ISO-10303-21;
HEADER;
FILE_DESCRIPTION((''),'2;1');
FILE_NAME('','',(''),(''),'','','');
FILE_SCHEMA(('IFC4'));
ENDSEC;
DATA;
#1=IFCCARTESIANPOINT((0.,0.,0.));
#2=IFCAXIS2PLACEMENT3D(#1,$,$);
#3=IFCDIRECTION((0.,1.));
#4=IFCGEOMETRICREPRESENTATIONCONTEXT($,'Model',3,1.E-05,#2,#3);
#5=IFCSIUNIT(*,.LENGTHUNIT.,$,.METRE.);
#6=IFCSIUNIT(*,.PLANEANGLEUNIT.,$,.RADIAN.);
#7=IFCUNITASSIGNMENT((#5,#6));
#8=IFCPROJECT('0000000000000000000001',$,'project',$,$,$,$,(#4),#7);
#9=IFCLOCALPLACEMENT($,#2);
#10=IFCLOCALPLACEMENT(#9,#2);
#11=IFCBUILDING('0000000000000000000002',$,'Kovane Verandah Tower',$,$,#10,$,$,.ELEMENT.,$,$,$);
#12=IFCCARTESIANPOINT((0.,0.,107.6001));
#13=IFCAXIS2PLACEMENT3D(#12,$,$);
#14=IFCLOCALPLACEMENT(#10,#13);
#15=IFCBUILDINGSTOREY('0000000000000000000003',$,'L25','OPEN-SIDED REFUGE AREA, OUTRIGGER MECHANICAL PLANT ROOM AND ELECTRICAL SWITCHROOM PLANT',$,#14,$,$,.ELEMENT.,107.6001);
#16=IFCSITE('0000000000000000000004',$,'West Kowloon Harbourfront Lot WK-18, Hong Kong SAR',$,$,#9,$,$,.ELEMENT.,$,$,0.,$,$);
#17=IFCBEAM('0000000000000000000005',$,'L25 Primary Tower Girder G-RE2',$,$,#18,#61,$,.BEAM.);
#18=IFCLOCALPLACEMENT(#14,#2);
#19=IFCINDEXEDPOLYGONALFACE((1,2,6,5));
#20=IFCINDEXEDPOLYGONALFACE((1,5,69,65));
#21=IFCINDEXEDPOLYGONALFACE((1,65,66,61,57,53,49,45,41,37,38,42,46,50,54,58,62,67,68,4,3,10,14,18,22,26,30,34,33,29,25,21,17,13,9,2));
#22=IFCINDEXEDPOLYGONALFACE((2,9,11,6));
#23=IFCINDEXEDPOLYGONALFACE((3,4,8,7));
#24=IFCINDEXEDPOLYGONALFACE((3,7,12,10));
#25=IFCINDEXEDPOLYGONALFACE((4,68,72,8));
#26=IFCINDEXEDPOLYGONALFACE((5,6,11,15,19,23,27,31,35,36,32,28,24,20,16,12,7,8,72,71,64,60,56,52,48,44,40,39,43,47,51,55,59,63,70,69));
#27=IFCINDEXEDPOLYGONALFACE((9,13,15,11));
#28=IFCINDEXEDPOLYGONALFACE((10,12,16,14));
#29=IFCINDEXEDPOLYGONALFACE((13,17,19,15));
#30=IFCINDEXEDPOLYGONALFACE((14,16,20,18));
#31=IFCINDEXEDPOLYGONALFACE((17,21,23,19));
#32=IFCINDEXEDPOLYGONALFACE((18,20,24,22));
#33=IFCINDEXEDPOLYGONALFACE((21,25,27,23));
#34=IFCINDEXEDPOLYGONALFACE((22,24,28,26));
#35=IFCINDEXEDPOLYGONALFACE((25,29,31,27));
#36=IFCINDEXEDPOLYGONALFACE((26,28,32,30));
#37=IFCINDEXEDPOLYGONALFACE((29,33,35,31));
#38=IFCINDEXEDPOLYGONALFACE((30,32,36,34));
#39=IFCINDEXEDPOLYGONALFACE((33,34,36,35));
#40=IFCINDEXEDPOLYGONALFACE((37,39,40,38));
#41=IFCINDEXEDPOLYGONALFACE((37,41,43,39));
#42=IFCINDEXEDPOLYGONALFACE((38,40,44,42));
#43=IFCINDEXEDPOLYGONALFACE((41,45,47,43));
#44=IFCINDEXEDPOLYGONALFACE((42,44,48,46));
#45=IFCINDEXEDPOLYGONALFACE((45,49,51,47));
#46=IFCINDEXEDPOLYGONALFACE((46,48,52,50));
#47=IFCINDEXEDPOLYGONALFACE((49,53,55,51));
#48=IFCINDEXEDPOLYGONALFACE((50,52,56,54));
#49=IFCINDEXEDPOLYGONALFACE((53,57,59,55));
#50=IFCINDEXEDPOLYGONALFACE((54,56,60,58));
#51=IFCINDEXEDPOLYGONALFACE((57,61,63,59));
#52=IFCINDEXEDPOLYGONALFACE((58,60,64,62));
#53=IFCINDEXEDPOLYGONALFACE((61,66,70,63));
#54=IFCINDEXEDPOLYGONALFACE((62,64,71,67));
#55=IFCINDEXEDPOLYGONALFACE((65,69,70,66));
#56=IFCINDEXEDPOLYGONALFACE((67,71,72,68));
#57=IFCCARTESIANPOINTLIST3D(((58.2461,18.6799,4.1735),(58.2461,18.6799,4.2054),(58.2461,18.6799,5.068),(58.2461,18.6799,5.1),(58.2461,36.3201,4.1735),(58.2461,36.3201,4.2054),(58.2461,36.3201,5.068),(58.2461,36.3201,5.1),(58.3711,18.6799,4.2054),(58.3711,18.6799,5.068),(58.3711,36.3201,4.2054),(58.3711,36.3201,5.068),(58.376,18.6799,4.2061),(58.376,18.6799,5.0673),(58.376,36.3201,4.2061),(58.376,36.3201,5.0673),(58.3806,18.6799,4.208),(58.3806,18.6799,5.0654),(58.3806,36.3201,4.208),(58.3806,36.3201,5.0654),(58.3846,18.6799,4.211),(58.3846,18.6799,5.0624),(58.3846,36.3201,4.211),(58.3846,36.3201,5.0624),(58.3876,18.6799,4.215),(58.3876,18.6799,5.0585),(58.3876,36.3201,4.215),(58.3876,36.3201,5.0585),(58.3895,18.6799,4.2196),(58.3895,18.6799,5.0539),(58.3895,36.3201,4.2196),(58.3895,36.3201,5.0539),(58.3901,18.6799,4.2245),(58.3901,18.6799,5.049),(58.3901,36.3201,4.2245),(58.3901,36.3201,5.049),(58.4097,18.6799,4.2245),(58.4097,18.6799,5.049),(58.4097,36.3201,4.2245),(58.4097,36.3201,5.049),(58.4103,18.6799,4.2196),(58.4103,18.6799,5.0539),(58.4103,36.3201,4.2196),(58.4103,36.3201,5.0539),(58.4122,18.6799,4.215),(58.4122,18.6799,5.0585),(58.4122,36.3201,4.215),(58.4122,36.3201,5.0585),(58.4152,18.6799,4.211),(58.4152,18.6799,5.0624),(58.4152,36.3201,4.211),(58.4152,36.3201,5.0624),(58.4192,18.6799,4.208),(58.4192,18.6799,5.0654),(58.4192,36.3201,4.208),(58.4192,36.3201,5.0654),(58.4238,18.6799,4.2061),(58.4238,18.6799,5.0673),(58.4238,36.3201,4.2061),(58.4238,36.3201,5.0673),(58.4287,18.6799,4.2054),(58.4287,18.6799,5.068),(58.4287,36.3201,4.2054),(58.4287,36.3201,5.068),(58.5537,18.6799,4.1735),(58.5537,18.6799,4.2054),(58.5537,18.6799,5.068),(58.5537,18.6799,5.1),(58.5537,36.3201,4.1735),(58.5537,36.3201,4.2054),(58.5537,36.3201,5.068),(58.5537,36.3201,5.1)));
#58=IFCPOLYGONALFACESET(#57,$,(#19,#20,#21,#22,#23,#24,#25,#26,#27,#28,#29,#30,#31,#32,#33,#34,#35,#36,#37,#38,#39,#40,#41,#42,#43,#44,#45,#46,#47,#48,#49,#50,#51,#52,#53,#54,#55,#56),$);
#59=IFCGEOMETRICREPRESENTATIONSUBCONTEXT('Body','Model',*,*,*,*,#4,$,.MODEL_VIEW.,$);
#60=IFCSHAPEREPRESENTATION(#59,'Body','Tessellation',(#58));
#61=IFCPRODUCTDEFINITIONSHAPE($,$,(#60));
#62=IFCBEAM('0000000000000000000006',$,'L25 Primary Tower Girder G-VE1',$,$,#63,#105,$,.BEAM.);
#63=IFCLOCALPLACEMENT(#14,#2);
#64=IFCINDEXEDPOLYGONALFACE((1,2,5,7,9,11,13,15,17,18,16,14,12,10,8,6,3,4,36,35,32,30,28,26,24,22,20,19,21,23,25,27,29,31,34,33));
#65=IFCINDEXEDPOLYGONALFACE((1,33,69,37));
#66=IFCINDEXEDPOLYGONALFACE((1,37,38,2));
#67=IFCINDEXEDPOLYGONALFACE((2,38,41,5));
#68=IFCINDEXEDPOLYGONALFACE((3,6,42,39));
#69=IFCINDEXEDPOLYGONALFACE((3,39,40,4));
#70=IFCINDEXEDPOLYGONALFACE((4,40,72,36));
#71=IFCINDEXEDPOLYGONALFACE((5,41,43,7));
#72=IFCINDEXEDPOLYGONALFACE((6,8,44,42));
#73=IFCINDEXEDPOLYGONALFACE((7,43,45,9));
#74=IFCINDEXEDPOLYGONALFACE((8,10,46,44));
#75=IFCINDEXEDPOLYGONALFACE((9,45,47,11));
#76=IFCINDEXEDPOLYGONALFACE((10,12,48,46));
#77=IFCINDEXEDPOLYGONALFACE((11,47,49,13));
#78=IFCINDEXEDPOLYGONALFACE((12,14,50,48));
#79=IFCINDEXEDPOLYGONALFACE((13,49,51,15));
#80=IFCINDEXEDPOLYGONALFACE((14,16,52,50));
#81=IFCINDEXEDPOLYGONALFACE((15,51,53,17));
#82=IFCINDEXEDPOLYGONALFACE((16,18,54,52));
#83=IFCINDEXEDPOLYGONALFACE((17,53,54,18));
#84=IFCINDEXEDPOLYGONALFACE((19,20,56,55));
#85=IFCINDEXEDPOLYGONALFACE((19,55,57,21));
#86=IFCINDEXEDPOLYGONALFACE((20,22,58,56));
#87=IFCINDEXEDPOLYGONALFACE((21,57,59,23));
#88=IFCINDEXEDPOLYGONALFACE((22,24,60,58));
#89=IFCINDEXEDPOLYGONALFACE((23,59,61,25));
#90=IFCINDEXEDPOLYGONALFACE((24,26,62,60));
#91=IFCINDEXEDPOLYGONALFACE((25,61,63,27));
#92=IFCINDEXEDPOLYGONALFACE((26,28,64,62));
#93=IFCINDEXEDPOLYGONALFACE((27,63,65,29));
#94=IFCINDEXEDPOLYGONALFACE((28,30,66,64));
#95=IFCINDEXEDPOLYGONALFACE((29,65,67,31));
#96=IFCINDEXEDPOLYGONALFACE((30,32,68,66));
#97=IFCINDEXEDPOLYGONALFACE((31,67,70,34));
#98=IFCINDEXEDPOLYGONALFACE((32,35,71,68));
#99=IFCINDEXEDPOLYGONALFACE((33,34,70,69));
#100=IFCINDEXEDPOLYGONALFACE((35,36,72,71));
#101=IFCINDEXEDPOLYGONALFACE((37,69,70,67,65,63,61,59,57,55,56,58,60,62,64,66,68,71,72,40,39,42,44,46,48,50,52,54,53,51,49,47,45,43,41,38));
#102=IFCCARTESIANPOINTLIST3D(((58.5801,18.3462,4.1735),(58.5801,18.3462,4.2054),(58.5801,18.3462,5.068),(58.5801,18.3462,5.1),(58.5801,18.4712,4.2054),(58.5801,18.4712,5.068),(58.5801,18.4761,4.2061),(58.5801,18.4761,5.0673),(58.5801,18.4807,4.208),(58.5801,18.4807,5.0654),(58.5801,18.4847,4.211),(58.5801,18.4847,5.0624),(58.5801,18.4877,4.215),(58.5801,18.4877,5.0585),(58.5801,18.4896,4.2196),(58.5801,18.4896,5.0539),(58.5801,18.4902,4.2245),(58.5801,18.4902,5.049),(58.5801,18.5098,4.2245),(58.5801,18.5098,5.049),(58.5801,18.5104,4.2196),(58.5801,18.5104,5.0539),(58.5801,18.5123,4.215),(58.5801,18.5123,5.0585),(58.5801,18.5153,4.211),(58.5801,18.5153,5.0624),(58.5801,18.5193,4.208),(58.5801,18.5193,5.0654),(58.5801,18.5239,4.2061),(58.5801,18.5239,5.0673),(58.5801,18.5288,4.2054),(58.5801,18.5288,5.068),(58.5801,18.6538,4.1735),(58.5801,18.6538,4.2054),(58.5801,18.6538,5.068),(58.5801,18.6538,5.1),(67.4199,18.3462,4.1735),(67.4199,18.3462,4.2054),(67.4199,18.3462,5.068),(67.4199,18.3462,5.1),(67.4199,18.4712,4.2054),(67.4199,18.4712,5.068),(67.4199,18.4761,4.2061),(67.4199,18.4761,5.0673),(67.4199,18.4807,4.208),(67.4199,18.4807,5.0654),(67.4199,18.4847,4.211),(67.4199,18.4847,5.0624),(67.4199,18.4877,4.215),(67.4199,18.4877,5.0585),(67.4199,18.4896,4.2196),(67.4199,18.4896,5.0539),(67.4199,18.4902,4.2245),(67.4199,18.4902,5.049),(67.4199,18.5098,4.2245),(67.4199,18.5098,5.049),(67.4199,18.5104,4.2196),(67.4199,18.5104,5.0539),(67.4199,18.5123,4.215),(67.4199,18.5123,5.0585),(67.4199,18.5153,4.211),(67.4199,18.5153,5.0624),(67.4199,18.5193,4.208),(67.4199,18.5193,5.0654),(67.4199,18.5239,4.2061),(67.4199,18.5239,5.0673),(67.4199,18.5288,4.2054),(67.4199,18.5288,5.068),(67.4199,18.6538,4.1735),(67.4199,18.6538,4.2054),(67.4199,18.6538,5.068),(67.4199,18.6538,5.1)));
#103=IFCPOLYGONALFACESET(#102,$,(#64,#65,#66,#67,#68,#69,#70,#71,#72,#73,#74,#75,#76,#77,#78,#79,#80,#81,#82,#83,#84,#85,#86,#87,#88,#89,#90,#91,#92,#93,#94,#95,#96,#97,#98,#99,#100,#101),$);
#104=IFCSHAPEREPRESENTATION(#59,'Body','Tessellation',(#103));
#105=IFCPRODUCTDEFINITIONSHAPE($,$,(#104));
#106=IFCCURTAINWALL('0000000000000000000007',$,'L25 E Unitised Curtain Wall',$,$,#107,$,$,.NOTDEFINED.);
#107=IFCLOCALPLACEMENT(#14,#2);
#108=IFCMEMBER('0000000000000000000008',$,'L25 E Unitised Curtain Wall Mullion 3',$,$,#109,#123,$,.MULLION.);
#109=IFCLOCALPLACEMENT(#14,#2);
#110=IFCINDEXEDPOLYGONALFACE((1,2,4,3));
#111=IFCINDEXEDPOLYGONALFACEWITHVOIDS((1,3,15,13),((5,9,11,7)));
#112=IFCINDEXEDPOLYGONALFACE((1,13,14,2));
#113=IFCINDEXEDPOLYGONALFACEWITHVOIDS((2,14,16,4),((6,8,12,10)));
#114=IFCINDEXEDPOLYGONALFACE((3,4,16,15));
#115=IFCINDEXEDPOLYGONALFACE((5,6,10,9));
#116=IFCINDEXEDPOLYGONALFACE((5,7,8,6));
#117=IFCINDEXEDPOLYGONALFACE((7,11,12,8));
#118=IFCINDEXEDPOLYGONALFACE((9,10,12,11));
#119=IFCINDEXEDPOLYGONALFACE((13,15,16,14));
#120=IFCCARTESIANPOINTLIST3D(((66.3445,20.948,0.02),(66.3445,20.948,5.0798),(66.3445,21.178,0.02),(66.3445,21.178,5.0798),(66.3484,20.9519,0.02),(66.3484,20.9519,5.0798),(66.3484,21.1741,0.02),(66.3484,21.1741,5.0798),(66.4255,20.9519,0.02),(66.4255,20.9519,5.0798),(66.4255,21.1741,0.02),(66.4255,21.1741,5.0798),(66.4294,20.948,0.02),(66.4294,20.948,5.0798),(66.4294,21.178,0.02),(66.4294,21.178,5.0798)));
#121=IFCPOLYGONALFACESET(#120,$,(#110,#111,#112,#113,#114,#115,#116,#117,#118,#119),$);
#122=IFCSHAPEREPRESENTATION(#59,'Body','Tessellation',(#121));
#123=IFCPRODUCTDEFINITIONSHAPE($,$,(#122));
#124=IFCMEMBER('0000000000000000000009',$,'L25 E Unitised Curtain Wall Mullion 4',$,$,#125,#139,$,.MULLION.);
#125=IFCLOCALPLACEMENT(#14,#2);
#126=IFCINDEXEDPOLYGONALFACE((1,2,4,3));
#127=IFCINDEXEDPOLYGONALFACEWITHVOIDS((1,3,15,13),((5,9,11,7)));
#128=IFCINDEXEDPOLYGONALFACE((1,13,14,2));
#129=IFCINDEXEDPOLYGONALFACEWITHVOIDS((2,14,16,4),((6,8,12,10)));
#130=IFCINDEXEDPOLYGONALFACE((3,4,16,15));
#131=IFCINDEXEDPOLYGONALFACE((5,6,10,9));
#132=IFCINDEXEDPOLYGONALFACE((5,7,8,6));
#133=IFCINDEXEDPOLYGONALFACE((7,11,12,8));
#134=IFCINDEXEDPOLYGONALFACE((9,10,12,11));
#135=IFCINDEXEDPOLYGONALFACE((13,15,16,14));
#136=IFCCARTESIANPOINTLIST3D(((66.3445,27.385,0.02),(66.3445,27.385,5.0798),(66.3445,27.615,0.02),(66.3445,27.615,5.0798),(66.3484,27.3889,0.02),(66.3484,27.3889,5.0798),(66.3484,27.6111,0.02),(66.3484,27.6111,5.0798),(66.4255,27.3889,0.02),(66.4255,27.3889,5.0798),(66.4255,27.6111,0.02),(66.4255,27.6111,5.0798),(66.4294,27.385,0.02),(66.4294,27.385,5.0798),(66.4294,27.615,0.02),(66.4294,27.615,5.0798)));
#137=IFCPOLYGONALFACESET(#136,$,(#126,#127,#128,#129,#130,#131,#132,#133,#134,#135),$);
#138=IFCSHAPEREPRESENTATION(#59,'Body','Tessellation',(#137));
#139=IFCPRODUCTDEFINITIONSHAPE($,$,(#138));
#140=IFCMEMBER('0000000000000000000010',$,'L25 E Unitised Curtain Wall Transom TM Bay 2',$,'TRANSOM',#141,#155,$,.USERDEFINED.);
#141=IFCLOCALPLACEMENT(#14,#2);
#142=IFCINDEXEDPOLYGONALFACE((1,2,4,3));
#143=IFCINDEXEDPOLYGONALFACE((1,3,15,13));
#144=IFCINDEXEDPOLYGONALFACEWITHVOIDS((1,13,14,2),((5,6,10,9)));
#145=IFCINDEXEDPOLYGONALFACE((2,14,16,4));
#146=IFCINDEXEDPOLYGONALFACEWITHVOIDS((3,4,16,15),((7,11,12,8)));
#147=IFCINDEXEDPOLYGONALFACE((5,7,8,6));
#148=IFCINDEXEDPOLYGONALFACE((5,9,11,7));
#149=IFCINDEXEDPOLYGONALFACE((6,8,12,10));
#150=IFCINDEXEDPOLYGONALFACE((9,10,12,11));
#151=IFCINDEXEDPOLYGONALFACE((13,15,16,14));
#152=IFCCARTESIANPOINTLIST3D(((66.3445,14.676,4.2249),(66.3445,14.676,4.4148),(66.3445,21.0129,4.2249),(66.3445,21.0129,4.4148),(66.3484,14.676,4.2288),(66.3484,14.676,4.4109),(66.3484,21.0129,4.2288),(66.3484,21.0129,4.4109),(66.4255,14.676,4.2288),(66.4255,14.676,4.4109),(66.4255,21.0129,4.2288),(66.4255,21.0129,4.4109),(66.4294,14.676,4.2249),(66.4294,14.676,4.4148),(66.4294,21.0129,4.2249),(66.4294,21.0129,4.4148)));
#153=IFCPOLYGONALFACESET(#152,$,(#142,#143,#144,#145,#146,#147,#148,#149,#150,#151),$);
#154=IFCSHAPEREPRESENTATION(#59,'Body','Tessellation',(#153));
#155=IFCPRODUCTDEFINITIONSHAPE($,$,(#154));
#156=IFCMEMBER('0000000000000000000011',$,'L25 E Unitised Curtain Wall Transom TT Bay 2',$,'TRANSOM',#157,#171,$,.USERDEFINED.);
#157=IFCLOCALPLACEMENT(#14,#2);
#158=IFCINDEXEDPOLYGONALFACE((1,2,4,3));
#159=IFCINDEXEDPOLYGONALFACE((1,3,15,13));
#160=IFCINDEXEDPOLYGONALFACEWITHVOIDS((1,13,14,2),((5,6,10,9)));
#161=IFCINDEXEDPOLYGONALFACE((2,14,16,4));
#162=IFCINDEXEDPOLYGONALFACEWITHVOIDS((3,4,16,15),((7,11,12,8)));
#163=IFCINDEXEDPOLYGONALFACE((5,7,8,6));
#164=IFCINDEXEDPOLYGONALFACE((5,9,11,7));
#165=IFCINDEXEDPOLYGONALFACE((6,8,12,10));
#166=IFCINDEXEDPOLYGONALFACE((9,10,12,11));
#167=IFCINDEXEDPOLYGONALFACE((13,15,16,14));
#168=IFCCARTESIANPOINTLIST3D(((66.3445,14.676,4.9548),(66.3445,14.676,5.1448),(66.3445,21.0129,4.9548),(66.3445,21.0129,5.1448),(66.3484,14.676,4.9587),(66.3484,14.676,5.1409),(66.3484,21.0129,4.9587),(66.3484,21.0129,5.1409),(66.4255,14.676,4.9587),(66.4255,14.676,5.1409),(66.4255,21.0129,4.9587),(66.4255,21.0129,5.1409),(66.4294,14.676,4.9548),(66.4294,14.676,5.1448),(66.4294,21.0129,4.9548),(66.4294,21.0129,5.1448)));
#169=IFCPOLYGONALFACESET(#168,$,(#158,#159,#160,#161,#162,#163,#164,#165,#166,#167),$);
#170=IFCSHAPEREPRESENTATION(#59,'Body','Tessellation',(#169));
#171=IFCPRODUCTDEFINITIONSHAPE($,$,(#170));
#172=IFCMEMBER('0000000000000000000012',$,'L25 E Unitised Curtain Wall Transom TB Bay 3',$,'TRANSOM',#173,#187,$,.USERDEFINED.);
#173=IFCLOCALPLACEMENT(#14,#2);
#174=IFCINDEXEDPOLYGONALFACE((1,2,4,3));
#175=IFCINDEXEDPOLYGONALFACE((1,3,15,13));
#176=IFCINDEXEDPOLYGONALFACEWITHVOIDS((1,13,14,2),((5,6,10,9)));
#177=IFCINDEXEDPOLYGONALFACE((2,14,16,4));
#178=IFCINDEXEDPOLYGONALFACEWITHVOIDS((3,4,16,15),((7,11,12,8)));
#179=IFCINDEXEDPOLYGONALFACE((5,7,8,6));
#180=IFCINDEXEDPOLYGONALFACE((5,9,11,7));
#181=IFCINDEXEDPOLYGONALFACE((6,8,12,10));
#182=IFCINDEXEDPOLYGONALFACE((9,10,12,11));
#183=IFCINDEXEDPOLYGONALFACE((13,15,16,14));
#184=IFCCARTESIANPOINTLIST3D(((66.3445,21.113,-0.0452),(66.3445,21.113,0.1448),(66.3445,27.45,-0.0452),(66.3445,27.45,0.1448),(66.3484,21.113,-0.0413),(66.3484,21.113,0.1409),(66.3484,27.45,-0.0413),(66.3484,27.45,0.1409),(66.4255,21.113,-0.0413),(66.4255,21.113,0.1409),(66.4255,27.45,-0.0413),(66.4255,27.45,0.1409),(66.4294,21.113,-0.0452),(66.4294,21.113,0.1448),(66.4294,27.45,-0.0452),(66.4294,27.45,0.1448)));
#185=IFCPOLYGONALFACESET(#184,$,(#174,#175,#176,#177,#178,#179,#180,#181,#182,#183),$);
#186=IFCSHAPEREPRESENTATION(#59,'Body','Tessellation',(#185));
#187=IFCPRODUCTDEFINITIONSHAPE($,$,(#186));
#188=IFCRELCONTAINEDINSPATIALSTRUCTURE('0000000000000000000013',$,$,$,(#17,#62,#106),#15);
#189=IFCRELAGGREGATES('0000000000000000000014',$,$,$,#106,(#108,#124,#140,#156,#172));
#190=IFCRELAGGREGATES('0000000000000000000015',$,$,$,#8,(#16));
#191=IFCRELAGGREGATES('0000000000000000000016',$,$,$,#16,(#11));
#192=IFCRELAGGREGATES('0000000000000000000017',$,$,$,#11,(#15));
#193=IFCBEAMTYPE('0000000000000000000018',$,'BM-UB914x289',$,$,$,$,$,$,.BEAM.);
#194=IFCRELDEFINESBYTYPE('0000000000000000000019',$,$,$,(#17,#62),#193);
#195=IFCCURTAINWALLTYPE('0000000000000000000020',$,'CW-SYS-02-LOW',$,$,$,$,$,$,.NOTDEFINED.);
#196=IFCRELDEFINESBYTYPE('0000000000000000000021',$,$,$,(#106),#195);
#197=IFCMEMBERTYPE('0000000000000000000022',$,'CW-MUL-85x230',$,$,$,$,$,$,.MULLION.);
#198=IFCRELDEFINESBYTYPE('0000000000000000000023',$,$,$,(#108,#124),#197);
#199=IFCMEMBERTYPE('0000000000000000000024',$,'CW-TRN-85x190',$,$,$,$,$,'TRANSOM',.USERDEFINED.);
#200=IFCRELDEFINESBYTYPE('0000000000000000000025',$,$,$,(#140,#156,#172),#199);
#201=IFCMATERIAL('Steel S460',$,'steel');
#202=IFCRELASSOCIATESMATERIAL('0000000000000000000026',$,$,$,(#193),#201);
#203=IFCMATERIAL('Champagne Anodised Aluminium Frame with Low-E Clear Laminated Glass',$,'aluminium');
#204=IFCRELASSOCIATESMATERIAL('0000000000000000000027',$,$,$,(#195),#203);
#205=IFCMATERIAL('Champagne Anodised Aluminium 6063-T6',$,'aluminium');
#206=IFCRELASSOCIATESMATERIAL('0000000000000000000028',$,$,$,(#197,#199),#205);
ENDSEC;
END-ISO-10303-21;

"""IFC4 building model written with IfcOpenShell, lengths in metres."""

from ifc_helpers import new_model, si_unit, direction, frame, origin, origin_2d, place, context, subcontext, project, spatial, hollow_rectangle, i_section, extrude, material, material_profile, profile_set, type_object, element, aggregate, save


model = new_model("IFC4")

# Units and contexts
model_context = context("Model", 3, precision=1e-05, world=origin(), true_north=direction((0.0, 1.0)))
body_context = subcontext(model_context, "Body", "Model", "MODEL_VIEW")
ifc_project = project(units=[si_unit("LENGTHUNIT", "METRE"), si_unit("PLANEANGLEUNIT", "RADIAN")], contexts=[model_context])

# Site, building, storey
site_placement = place(None, origin())
site = spatial("IfcSite", under=ifc_project, at=site_placement, Name="West Kowloon Harbourfront Lot WK-18, Hong Kong SAR", CompositionType="ELEMENT", RefElevation=0.0)
building_placement = place(site_placement, origin())
building = spatial("IfcBuilding", under=site, at=building_placement, Name="Kovane Verandah Tower", CompositionType="ELEMENT")
storey_placement = place(building_placement, frame((0.0, 0.0, 107.6001)))
storey = spatial("IfcBuildingStorey", under=building, at=storey_placement, Name="L25", Description="OPEN-SIDED REFUGE AREA, OUTRIGGER MECHANICAL PLANT ROOM AND ELECTRICAL SWITCHROOM PLANT", CompositionType="ELEMENT", Elevation=107.6001)

# Shared definitions
ifc_material_1 = material(Name="Steel S460", Category="steel")

# Beams
ifc_material_profile_1 = material_profile(ifc_material_1, i_section(OverallWidth=0.3076, OverallDepth=0.9265, WebThickness=0.0195, FlangeThickness=0.032, FilletRadius=0.019, at=origin_2d()), Name="UB914x305x289")
ifc_profile_set_1 = profile_set([ifc_material_profile_1], Name="Steel S460")
beam_type_1 = type_object("IfcBeamType", Name="BM-UB914x289", PredefinedType="BEAM", material=ifc_profile_set_1)
beam_1_placement = place(storey_placement, frame((58.3999, 18.6799, 4.6367), z_axis=(0.0, 1.0, 0.0), x_axis=(-1.0, 0.0, 0.0)))
element("IfcBeam", 1, at=beam_1_placement, inside=storey, type_object=beam_type_1, Name="L25 Primary Tower Girder G-RE2", PredefinedType="BEAM", context=body_context, shape_type="SweptSolid", body=[
    extrude(i_section(OverallWidth=0.3076, OverallDepth=0.9265, WebThickness=0.0195, FlangeThickness=0.032, FilletRadius=0.019, at=origin_2d()), origin(), (0.0, 0.0, 1.0), 17.6401),
])
beam_2_placement = place(storey_placement, frame((58.5801, 18.5, 4.6367), z_axis=(1.0, 0.0, 0.0), x_axis=(0.0, 1.0, 0.0)))
element("IfcBeam", 2, at=beam_2_placement, inside=storey, type_object=beam_type_1, Name="L25 Primary Tower Girder G-VE1", PredefinedType="BEAM", context=body_context, shape_type="SweptSolid", body=[
    extrude(i_section(OverallWidth=0.3076, OverallDepth=0.9265, WebThickness=0.0195, FlangeThickness=0.032, FilletRadius=0.019, at=origin_2d()), origin(), (0.0, 0.0, 1.0), 8.8398),
])

# Curtain wall, members
ifc_material_2 = material(Name="Champagne Anodised Aluminium Frame with Low-E Clear Laminated Glass", Category="aluminium")
curtain_wall_type = type_object("IfcCurtainWallType", Name="CW-SYS-02-LOW", PredefinedType="NOTDEFINED", material=ifc_material_2)
curtain_wall_placement = place(storey_placement, origin())
curtain_wall = element("IfcCurtainWall", 3, at=curtain_wall_placement, inside=storey, type_object=curtain_wall_type, Name="L25 E Unitised Curtain Wall", PredefinedType="NOTDEFINED")
ifc_material_3 = material(Name="Champagne Anodised Aluminium 6063-T6", Category="aluminium")
ifc_material_profile_2 = material_profile(ifc_material_3, hollow_rectangle(XDim=0.085, YDim=0.23, WallThickness=0.0039, at=origin_2d()), Name="AL85x230x4")
ifc_profile_set_2 = profile_set([ifc_material_profile_2], Name="Champagne Anodised Aluminium 6063-T6")
member_type_1 = type_object("IfcMemberType", Name="CW-MUL-85x230", PredefinedType="MULLION", material=ifc_profile_set_2)
member_1_placement = place(storey_placement, frame((66.387, 21.063, 0.02), z_axis=(0.0, 0.0, 1.0), x_axis=(1.0, 0.0, 0.0)))
member_1 = element("IfcMember", 4, at=member_1_placement, type_object=member_type_1, Name="L25 E Unitised Curtain Wall Mullion 3", PredefinedType="MULLION", context=body_context, shape_type="SweptSolid", body=[
    extrude(hollow_rectangle(XDim=0.085, YDim=0.23, WallThickness=0.0039, at=origin_2d()), origin(), (0.0, 0.0, 1.0), 5.0598),
])
member_2_placement = place(storey_placement, frame((66.387, 27.5, 0.02), z_axis=(0.0, 0.0, 1.0), x_axis=(1.0, 0.0, 0.0)))
member_2 = element("IfcMember", 5, at=member_2_placement, type_object=member_type_1, Name="L25 E Unitised Curtain Wall Mullion 4", PredefinedType="MULLION", context=body_context, shape_type="SweptSolid", body=[
    extrude(hollow_rectangle(XDim=0.085, YDim=0.23, WallThickness=0.0039, at=origin_2d()), origin(), (0.0, 0.0, 1.0), 5.0598),
])
ifc_material_profile_3 = material_profile(ifc_material_3, hollow_rectangle(XDim=0.085, YDim=0.1899, WallThickness=0.0039, at=origin_2d()), Name="AL85x190x4")
ifc_profile_set_3 = profile_set([ifc_material_profile_3], Name="Champagne Anodised Aluminium 6063-T6")
member_type_2 = type_object("IfcMemberType", Name="CW-TRN-85x190", ElementType="TRANSOM", PredefinedType="USERDEFINED", material=ifc_profile_set_3)
member_3_placement = place(storey_placement, frame((66.387, 14.676, 4.3198), z_axis=(0.0, 1.0, 0.0), x_axis=(-1.0, 0.0, 0.0)))
member_3 = element("IfcMember", 6, at=member_3_placement, type_object=member_type_2, Name="L25 E Unitised Curtain Wall Transom TM Bay 2", ObjectType="TRANSOM", PredefinedType="USERDEFINED", context=body_context, shape_type="SweptSolid", body=[
    extrude(hollow_rectangle(XDim=0.085, YDim=0.1899, WallThickness=0.0039, at=origin_2d()), origin(), (0.0, 0.0, 1.0), 6.3369),
])
member_4_placement = place(storey_placement, frame((66.387, 14.676, 5.0498), z_axis=(0.0, 1.0, 0.0), x_axis=(-1.0, 0.0, 0.0)))
member_4 = element("IfcMember", 7, at=member_4_placement, type_object=member_type_2, Name="L25 E Unitised Curtain Wall Transom TT Bay 2", ObjectType="TRANSOM", PredefinedType="USERDEFINED", context=body_context, shape_type="SweptSolid", body=[
    extrude(hollow_rectangle(XDim=0.085, YDim=0.1899, WallThickness=0.0039, at=origin_2d()), origin(), (0.0, 0.0, 1.0), 6.3369),
])
member_5_placement = place(storey_placement, frame((66.387, 21.113, 0.0498), z_axis=(0.0, 1.0, 0.0), x_axis=(-1.0, 0.0, 0.0)))
member_5 = element("IfcMember", 8, at=member_5_placement, type_object=member_type_2, Name="L25 E Unitised Curtain Wall Transom TB Bay 3", ObjectType="TRANSOM", PredefinedType="USERDEFINED", context=body_context, shape_type="SweptSolid", body=[
    extrude(hollow_rectangle(XDim=0.085, YDim=0.1899, WallThickness=0.0039, at=origin_2d()), origin(), (0.0, 0.0, 1.0), 6.3369),
])

aggregate(curtain_wall, [member_1, member_2, member_3, member_4, member_5])

save(model, "model.ifc")
